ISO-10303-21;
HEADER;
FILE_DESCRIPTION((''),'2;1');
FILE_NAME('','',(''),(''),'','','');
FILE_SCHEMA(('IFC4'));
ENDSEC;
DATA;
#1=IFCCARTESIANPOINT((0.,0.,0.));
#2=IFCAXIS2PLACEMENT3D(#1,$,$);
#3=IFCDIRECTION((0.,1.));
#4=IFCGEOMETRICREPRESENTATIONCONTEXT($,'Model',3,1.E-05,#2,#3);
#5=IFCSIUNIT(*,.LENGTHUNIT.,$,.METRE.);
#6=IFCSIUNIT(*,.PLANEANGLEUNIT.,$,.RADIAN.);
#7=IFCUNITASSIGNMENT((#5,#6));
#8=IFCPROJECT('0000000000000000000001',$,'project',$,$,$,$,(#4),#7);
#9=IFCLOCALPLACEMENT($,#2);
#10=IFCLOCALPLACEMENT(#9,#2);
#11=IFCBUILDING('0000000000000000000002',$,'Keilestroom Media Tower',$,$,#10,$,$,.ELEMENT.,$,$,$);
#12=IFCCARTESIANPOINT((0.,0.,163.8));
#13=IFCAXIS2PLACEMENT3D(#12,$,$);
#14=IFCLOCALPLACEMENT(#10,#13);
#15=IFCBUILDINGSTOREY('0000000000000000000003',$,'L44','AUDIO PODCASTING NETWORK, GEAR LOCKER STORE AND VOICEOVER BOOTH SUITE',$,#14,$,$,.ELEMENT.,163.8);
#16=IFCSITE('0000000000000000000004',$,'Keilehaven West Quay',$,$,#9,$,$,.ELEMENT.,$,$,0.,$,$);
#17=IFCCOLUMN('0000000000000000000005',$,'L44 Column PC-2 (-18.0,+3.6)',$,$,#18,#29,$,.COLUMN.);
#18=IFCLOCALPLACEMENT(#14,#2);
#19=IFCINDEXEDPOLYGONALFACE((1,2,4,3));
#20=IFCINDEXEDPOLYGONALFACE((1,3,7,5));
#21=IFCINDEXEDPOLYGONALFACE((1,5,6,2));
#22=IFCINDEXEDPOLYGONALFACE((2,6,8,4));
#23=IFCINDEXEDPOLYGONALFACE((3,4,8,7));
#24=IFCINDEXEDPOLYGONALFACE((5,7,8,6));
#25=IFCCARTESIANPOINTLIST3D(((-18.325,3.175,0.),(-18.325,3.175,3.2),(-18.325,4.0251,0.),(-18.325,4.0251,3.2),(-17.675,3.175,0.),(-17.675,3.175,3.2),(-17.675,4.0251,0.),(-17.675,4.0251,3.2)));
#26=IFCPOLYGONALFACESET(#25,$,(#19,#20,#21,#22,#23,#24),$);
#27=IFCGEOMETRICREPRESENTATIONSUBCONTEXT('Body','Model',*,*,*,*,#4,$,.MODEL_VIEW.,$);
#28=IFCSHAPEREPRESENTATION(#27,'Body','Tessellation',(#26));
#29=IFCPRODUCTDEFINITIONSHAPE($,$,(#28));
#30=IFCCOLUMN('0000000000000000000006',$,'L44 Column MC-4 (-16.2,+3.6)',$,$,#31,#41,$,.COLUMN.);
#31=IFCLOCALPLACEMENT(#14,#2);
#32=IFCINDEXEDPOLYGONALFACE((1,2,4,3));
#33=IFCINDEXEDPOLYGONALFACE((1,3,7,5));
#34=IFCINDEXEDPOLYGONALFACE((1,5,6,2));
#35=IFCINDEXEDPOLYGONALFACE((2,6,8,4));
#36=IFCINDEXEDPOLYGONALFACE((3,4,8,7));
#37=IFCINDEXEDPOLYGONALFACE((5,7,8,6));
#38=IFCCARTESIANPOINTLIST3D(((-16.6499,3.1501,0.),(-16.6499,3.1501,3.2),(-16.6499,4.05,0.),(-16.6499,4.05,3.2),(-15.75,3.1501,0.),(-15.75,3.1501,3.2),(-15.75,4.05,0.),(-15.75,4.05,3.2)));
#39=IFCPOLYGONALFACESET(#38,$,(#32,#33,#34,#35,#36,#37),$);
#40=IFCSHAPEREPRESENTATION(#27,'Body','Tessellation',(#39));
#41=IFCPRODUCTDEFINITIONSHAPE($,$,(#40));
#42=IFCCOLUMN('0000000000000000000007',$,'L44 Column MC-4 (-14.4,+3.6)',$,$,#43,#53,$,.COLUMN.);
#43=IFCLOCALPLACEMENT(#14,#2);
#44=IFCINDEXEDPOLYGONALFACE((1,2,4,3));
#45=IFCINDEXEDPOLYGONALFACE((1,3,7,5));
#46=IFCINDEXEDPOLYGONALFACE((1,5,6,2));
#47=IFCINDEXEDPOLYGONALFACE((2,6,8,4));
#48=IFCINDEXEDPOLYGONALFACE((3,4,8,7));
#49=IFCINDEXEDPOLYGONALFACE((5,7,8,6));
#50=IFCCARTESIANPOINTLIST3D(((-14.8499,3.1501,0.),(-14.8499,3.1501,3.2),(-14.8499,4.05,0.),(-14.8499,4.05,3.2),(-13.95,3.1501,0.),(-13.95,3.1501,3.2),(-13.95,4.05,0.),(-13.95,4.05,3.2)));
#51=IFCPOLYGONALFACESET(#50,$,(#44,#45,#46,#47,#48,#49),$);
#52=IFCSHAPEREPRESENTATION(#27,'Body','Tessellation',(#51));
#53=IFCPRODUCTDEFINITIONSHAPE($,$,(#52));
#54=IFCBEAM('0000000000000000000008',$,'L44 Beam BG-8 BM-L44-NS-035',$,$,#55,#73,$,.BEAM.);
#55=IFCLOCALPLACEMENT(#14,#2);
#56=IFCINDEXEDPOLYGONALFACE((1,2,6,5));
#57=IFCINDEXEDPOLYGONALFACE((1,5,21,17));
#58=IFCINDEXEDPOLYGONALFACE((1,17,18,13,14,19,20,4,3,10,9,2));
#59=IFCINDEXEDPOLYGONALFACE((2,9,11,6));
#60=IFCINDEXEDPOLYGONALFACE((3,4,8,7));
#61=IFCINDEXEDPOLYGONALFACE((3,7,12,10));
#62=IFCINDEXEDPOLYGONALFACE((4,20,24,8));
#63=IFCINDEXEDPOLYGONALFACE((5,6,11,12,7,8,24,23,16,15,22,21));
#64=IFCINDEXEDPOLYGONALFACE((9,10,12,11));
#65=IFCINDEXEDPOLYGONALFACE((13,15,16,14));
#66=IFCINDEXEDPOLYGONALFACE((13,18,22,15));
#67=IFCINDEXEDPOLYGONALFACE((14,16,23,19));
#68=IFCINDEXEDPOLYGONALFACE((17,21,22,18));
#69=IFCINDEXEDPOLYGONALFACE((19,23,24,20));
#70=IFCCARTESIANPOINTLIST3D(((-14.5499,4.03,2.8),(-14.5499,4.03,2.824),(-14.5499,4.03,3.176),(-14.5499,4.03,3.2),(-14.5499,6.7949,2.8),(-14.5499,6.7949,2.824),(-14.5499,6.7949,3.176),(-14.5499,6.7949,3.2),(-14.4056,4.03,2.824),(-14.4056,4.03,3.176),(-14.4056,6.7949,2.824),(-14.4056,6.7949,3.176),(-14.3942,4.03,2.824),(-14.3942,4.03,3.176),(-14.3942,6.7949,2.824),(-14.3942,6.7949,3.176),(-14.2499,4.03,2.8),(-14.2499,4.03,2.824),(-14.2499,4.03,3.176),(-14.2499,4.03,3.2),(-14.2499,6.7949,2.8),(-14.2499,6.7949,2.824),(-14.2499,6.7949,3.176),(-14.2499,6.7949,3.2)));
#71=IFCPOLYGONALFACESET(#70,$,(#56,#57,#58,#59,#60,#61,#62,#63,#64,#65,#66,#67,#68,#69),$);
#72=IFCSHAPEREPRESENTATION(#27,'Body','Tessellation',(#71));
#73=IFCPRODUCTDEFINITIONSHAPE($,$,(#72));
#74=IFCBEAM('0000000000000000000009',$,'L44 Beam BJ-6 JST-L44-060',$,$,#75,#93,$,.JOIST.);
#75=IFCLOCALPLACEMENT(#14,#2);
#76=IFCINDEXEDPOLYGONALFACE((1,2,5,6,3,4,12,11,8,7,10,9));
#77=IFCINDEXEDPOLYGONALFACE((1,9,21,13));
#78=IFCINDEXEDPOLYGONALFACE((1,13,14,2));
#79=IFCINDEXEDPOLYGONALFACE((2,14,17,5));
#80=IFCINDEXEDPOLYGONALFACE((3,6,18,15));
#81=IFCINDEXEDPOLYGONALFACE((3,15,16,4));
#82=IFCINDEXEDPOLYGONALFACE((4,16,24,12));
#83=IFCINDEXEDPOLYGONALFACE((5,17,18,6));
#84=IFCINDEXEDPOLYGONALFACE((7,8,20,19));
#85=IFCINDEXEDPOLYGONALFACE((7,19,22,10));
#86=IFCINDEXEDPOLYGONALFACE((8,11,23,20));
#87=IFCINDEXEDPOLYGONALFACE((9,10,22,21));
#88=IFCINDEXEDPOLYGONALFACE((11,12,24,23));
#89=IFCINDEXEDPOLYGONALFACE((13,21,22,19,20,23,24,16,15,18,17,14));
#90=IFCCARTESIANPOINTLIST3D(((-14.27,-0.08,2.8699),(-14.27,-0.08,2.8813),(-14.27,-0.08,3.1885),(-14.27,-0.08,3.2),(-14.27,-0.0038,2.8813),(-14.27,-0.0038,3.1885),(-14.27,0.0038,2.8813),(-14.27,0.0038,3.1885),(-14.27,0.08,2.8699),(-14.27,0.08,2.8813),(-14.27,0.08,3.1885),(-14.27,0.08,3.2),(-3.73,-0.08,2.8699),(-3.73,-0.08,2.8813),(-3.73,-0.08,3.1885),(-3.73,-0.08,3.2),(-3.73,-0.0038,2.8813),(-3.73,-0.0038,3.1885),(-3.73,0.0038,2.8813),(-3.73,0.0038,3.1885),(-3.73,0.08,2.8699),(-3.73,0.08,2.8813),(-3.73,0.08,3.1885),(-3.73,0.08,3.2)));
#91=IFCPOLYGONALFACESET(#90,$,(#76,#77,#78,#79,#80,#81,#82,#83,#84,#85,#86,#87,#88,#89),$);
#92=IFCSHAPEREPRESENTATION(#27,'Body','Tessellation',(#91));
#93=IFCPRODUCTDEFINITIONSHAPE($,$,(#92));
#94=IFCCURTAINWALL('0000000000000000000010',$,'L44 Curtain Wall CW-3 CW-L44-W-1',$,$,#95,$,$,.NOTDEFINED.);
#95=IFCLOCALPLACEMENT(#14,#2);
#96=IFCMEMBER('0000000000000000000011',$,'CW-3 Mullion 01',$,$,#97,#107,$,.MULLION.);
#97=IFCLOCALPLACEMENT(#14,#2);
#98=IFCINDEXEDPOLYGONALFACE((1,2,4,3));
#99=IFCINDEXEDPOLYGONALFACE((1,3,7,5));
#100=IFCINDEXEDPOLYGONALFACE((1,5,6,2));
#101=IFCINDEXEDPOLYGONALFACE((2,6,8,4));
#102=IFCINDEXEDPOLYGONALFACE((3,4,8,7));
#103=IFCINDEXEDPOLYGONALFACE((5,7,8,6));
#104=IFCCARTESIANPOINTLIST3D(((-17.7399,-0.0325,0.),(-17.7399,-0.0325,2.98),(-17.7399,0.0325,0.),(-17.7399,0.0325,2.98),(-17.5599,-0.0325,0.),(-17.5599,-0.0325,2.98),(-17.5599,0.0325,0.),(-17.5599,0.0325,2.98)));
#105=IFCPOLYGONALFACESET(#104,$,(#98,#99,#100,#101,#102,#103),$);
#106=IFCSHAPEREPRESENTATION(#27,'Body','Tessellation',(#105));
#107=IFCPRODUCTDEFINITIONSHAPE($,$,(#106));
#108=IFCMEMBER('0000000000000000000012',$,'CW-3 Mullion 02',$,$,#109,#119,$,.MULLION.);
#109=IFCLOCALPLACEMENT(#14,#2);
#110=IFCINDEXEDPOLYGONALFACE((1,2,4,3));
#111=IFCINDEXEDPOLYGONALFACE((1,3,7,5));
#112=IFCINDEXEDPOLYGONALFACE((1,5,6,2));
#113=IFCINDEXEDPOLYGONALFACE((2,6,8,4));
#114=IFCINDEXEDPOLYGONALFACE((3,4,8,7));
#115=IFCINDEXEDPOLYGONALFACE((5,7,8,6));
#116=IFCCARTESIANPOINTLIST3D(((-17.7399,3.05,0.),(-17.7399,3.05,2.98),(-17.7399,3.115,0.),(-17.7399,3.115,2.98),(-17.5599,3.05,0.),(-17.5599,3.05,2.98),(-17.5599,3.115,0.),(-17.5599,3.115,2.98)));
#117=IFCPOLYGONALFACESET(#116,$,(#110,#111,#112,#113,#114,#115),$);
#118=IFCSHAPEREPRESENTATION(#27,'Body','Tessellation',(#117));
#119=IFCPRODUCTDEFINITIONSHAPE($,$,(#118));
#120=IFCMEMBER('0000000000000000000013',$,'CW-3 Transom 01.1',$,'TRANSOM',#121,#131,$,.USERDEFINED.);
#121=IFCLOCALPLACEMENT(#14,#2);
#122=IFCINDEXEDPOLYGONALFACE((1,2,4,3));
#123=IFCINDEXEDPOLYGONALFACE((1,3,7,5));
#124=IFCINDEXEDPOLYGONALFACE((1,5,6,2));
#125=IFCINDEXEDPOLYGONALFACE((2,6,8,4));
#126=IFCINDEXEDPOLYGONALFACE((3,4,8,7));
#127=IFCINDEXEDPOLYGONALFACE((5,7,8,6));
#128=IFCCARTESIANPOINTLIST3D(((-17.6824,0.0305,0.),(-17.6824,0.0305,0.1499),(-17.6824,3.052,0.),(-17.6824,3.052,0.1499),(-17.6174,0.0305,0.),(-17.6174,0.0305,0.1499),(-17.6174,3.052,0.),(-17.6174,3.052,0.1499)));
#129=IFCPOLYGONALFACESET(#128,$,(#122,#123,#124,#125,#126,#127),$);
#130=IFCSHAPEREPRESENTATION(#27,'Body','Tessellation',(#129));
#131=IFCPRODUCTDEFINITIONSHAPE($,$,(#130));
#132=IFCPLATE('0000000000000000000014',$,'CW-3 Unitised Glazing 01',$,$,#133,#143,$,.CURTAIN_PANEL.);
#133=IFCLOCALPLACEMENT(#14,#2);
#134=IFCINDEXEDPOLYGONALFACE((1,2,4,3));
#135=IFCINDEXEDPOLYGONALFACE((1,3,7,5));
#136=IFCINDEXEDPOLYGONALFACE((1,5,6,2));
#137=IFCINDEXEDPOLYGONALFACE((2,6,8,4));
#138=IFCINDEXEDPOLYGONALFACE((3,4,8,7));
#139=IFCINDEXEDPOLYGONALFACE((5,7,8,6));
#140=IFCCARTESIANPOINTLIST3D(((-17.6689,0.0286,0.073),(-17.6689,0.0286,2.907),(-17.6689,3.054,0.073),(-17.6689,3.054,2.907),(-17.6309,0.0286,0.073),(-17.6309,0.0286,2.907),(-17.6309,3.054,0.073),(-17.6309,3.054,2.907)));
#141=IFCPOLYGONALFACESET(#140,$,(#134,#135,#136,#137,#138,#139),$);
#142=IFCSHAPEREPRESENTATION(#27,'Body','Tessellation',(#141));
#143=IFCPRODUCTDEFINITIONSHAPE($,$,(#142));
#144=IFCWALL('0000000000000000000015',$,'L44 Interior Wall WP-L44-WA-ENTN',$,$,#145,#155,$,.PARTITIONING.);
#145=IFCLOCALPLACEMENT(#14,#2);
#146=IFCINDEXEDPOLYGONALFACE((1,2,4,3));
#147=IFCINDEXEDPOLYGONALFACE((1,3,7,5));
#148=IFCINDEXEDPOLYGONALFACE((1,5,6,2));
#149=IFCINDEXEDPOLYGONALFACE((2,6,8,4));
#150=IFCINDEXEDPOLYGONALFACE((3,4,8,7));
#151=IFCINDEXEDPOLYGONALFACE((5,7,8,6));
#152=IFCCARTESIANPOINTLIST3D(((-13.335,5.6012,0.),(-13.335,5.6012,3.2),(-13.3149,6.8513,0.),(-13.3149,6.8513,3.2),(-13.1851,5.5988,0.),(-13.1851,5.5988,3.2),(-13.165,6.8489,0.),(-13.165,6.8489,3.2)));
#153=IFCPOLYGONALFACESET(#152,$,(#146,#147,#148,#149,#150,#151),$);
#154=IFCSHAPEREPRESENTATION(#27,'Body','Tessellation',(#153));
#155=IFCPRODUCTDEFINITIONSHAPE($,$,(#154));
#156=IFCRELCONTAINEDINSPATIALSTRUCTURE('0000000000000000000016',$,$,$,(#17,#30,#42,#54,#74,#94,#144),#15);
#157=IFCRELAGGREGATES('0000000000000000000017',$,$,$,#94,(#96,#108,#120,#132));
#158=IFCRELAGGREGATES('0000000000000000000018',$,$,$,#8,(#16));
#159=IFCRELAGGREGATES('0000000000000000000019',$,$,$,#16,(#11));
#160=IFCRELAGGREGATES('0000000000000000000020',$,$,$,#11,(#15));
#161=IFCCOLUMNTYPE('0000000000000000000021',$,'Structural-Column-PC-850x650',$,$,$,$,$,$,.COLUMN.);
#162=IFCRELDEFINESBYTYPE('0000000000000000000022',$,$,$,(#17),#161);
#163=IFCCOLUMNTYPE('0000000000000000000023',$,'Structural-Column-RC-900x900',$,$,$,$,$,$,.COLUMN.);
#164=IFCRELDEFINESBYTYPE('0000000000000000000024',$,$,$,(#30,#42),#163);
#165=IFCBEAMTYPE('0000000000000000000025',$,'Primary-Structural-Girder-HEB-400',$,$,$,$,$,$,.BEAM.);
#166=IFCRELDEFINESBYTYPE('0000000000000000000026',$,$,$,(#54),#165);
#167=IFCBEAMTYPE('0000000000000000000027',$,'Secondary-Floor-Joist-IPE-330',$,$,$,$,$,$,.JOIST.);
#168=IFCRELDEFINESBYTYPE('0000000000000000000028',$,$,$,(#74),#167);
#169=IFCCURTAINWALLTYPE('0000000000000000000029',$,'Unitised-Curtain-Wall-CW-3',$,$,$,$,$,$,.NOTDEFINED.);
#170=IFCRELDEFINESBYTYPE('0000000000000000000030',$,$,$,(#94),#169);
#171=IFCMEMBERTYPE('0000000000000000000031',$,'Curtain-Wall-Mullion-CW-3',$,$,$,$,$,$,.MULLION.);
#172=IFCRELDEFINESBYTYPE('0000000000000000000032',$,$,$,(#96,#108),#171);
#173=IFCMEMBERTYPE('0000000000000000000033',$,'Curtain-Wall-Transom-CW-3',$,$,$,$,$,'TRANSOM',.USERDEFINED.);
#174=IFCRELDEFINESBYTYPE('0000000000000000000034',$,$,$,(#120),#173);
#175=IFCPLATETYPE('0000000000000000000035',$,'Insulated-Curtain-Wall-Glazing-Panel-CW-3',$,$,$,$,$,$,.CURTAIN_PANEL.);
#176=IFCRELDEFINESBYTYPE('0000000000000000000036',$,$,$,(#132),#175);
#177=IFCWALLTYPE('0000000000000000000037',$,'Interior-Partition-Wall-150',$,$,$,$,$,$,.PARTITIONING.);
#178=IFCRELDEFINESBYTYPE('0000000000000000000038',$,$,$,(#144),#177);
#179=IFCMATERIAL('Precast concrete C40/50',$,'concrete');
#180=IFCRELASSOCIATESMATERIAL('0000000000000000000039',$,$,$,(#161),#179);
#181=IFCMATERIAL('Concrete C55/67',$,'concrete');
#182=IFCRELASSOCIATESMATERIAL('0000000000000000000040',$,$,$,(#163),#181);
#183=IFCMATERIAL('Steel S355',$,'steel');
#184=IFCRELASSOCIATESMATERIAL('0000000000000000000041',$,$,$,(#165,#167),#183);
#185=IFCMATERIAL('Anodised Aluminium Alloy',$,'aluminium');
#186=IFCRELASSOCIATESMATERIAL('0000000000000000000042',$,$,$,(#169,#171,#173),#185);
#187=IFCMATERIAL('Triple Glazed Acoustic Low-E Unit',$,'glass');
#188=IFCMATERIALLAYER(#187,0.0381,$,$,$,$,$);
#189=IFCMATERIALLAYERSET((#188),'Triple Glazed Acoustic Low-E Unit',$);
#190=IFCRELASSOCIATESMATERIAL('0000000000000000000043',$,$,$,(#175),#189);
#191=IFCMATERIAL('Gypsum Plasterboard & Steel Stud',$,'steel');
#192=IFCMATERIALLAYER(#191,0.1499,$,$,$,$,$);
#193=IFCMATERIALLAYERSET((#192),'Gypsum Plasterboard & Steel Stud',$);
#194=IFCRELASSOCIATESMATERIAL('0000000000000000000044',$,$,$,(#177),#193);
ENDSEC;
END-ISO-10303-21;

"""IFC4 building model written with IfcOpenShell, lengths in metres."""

from ifc_helpers import new_model, si_unit, direction, frame, frame_2d, origin, origin_2d, place, context, subcontext, project, spatial, rectangle, i_section, extrude, source, transform, mapped, material, layer, layer_set, material_profile, profile_set, type_object, element, aggregate, save


model = new_model("IFC4")

# Units and contexts
model_context = context("Model", 3, precision=1e-05, world=origin(), true_north=direction((0.0, 1.0)))
body_context = subcontext(model_context, "Body", "Model", "MODEL_VIEW")
ifc_project = project(units=[si_unit("LENGTHUNIT", "METRE"), si_unit("PLANEANGLEUNIT", "RADIAN")], contexts=[model_context])

# Site, building, storey
site_placement = place(None, origin())
site = spatial("IfcSite", under=ifc_project, at=site_placement, Name="Keilehaven West Quay", CompositionType="ELEMENT", RefElevation=0.0)
building_placement = place(site_placement, origin())
building = spatial("IfcBuilding", under=site, at=building_placement, Name="Keilestroom Media Tower", CompositionType="ELEMENT")
storey_placement = place(building_placement, frame((0.0, 0.0, 163.8)))
storey = spatial("IfcBuildingStorey", under=building, at=storey_placement, Name="L44", Description="AUDIO PODCASTING NETWORK, GEAR LOCKER STORE AND VOICEOVER BOOTH SUITE", CompositionType="ELEMENT", Elevation=163.8)

# Columns
ifc_material_1 = material(Name="Precast concrete C40/50", Category="concrete")
ifc_material_profile_1 = material_profile(ifc_material_1, rectangle(XDim=0.6499, YDim=0.8501, at=origin_2d()), Name="PC 850x650")
ifc_profile_set_1 = profile_set([ifc_material_profile_1], Name="Precast concrete C40/50")
column_type_1 = type_object("IfcColumnType", Name="Structural-Column-PC-850x650", PredefinedType="COLUMN", material=ifc_profile_set_1)
shared_shape_1 = source(origin(), body_context, "Body", "SweptSolid", [
    extrude(rectangle(XDim=0.6499, YDim=0.8501, at=origin_2d()), origin(), (0.0, 0.0, 1.0), 3.2),
])
column_placement = place(storey_placement, frame((-18.0, 3.6001, 0.0), z_axis=(0.0, 0.0, 1.0), x_axis=(1.0, 0.0, 0.0)))
element("IfcColumn", 1, at=column_placement, inside=storey, type_object=column_type_1, Name="L44 Column PC-2 (-18.0,+3.6)", PredefinedType="COLUMN", context=body_context, shape_type="MappedRepresentation", body=[
    mapped(shared_shape_1, transform((0.0, 0.0, 0.0), x_axis=(1.0, 0.0, 0.0), y_axis=(0.0, 1.0, 0.0), z_axis=(0.0, 0.0, 1.0), scale=1.0)),
])
ifc_material_2 = material(Name="Concrete C55/67", Category="concrete")
ifc_material_profile_2 = material_profile(ifc_material_2, rectangle(XDim=0.8999, YDim=0.8999, at=origin_2d()), Name="RC 900x900")
ifc_profile_set_2 = profile_set([ifc_material_profile_2], Name="Concrete C55/67")
column_type_2 = type_object("IfcColumnType", Name="Structural-Column-RC-900x900", PredefinedType="COLUMN", material=ifc_profile_set_2)
shared_shape_2 = source(origin(), body_context, "Body", "SweptSolid", [
    extrude(rectangle(XDim=0.8999, YDim=0.8999, at=origin_2d()), origin(), (0.0, 0.0, 1.0), 3.2),
])
for number, where, z_axis, x_axis, name in (
    (2, (-16.2, 3.6001, 0.0), (0.0, 0.0, 1.0), (1.0, 0.0, 0.0), "L44 Column MC-4 (-16.2,+3.6)"),
    (3, (-14.3999, 3.6001, 0.0), (0.0, 0.0, 1.0), (1.0, 0.0, 0.0), "L44 Column MC-4 (-14.4,+3.6)"),
):
    element("IfcColumn", number, at=place(storey_placement, frame(where, z_axis=z_axis, x_axis=x_axis)), inside=storey, type_object=column_type_2, Name=name, PredefinedType="COLUMN", context=body_context, shape_type="MappedRepresentation", body=[
        mapped(shared_shape_2, transform((0.0, 0.0, 0.0), x_axis=(1.0, 0.0, 0.0), y_axis=(0.0, 1.0, 0.0), z_axis=(0.0, 0.0, 1.0), scale=1.0)),
    ])

# Beams
ifc_material_3 = material(Name="Steel S355", Category="steel")
ifc_material_profile_3 = material_profile(ifc_material_3, i_section(OverallWidth=0.3, OverallDepth=0.3999, WebThickness=0.0115, FlangeThickness=0.0239, at=origin_2d()), Name="HEB 400")
ifc_profile_set_3 = profile_set([ifc_material_profile_3], Name="Steel S355")
beam_type_1 = type_object("IfcBeamType", Name="Primary-Structural-Girder-HEB-400", PredefinedType="BEAM", material=ifc_profile_set_3)
shared_shape_3 = source(origin(), body_context, "Body", "SweptSolid", [
    extrude(i_section(OverallWidth=0.3, OverallDepth=0.3999, WebThickness=0.0115, FlangeThickness=0.0239, at=origin_2d()), origin(), (0.0, 0.0, 1.0), 2.7649),
])
beam_1_placement = place(storey_placement, frame((-14.3999, 4.03, 3.0), z_axis=(0.0, 1.0, 0.0), x_axis=(-1.0, 0.0, 0.0)))
element("IfcBeam", 4, at=beam_1_placement, inside=storey, type_object=beam_type_1, Name="L44 Beam BG-8 BM-L44-NS-035", PredefinedType="BEAM", context=body_context, shape_type="MappedRepresentation", body=[
    mapped(shared_shape_3, transform((0.0, 0.0, 0.0), x_axis=(1.0, 0.0, 0.0), y_axis=(0.0, 1.0, 0.0), z_axis=(0.0, 0.0, 1.0), scale=1.0)),
])
ifc_material_profile_4 = material_profile(ifc_material_3, i_section(OverallWidth=0.1599, OverallDepth=0.3301, WebThickness=0.0076, FlangeThickness=0.0115, at=origin_2d()), Name="IPE 330")
ifc_profile_set_4 = profile_set([ifc_material_profile_4], Name="Steel S355")
beam_type_2 = type_object("IfcBeamType", Name="Secondary-Floor-Joist-IPE-330", PredefinedType="JOIST", material=ifc_profile_set_4)
shared_shape_4 = source(origin(), body_context, "Body", "SweptSolid", [
    extrude(i_section(OverallWidth=0.1599, OverallDepth=0.3301, WebThickness=0.0076, FlangeThickness=0.0115, at=origin_2d()), origin(), (0.0, 0.0, 1.0), 10.54),
])
beam_2_placement = place(storey_placement, frame((-14.27, 0.0, 3.0349), z_axis=(1.0, 0.0, 0.0), x_axis=(0.0, 1.0, 0.0)))
element("IfcBeam", 5, at=beam_2_placement, inside=storey, type_object=beam_type_2, Name="L44 Beam BJ-6 JST-L44-060", PredefinedType="JOIST", context=body_context, shape_type="MappedRepresentation", body=[
    mapped(shared_shape_4, transform((0.0, 0.0, 0.0), x_axis=(1.0, 0.0, 0.0), y_axis=(0.0, 1.0, 0.0), z_axis=(0.0, 0.0, 1.0), scale=1.0)),
])

# Curtain wall, members, plate
ifc_material_4 = material(Name="Anodised Aluminium Alloy", Category="aluminium")
curtain_wall_type = type_object("IfcCurtainWallType", Name="Unitised-Curtain-Wall-CW-3", PredefinedType="NOTDEFINED", material=ifc_material_4)
curtain_wall_placement = place(storey_placement, origin())
curtain_wall = element("IfcCurtainWall", 6, at=curtain_wall_placement, inside=storey, type_object=curtain_wall_type, Name="L44 Curtain Wall CW-3 CW-L44-W-1", PredefinedType="NOTDEFINED")
ifc_material_profile_5 = material_profile(ifc_material_4, rectangle(XDim=0.0649, YDim=0.1799, at=origin_2d()), Name="ALU MULLION 65x180")
ifc_profile_set_5 = profile_set([ifc_material_profile_5], Name="Anodised Aluminium Alloy")
member_type_1 = type_object("IfcMemberType", Name="Curtain-Wall-Mullion-CW-3", PredefinedType="MULLION", material=ifc_profile_set_5)
shared_shape_5 = source(origin(), body_context, "Body", "SweptSolid", [
    extrude(rectangle(XDim=0.0649, YDim=0.1799, at=origin_2d()), origin(), (0.0, 0.0, 1.0), 2.98),
])
member_1_placement = place(storey_placement, frame((-17.6499, 0.0, 0.0), z_axis=(0.0, 0.0, 1.0), x_axis=(0.0, 1.0, 0.0)))
member_1 = element("IfcMember", 7, at=member_1_placement, type_object=member_type_1, Name="CW-3 Mullion 01", PredefinedType="MULLION", context=body_context, shape_type="MappedRepresentation", body=[
    mapped(shared_shape_5, transform((0.0, 0.0, 0.0), x_axis=(1.0, 0.0, 0.0), y_axis=(0.0, 1.0, 0.0), z_axis=(0.0, 0.0, 1.0), scale=1.0)),
])
member_2_placement = place(storey_placement, frame((-17.6499, 3.0825, 0.0), z_axis=(0.0, 0.0, 1.0), x_axis=(0.0, 1.0, 0.0)))
member_2 = element("IfcMember", 8, at=member_2_placement, type_object=member_type_1, Name="CW-3 Mullion 02", PredefinedType="MULLION", context=body_context, shape_type="MappedRepresentation", body=[
    mapped(shared_shape_5, transform((0.0, 0.0, 0.0), x_axis=(1.0, 0.0, 0.0), y_axis=(0.0, 1.0, 0.0), z_axis=(0.0, 0.0, 1.0), scale=1.0)),
])
ifc_material_profile_6 = material_profile(ifc_material_4, rectangle(XDim=0.0649, YDim=0.1499, at=origin_2d()), Name="ALU TRANSOM 65x150")
ifc_profile_set_6 = profile_set([ifc_material_profile_6], Name="Anodised Aluminium Alloy")
member_type_2 = type_object("IfcMemberType", Name="Curtain-Wall-Transom-CW-3", ElementType="TRANSOM", PredefinedType="USERDEFINED", material=ifc_profile_set_6)
shared_shape_6 = source(origin(), body_context, "Body", "SweptSolid", [
    extrude(rectangle(XDim=0.0649, YDim=0.1499, at=origin_2d()), origin(), (0.0, 0.0, 1.0), 3.0215),
])
member_3_placement = place(storey_placement, frame((-17.6499, 0.0305, 0.075), z_axis=(0.0, 1.0, 0.0), x_axis=(-1.0, 0.0, 0.0)))
member_3 = element("IfcMember", 9, at=member_3_placement, type_object=member_type_2, Name="CW-3 Transom 01.1", ObjectType="TRANSOM", PredefinedType="USERDEFINED", context=body_context, shape_type="MappedRepresentation", body=[
    mapped(shared_shape_6, transform((0.0, 0.0, 0.0), x_axis=(1.0, 0.0, 0.0), y_axis=(0.0, 1.0, 0.0), z_axis=(0.0, 0.0, 1.0), scale=1.0)),
])
ifc_material_5 = material(Name="Triple Glazed Acoustic Low-E Unit", Category="glass")
ifc_layer_1 = layer(ifc_material_5, 0.0381)
ifc_layer_set_1 = layer_set([ifc_layer_1], Name="Triple Glazed Acoustic Low-E Unit")
plate_type = type_object("IfcPlateType", Name="Insulated-Curtain-Wall-Glazing-Panel-CW-3", PredefinedType="CURTAIN_PANEL", material=ifc_layer_set_1)
shared_shape_7 = source(origin(), body_context, "Body", "SweptSolid", [
    extrude(rectangle(XDim=3.0254, YDim=0.0381, at=origin_2d()), origin(), (0.0, 0.0, 1.0), 2.834),
])
plate_placement = place(storey_placement, frame((-17.6499, 1.5413, 0.073), z_axis=(0.0, 0.0, 1.0), x_axis=(0.0, 1.0, 0.0)))
plate = element("IfcPlate", 10, at=plate_placement, type_object=plate_type, Name="CW-3 Unitised Glazing 01", PredefinedType="CURTAIN_PANEL", context=body_context, shape_type="MappedRepresentation", body=[
    mapped(shared_shape_7, transform((0.0, 0.0, 0.0), x_axis=(1.0, 0.0, 0.0), y_axis=(0.0, 1.0, 0.0), z_axis=(0.0, 0.0, 1.0), scale=1.0)),
])
aggregate(curtain_wall, [member_1, member_2, member_3, plate])

# Wall
ifc_material_6 = material(Name="Gypsum Plasterboard & Steel Stud", Category="steel")
ifc_layer_2 = layer(ifc_material_6, 0.1499)
ifc_layer_set_2 = layer_set([ifc_layer_2], Name="Gypsum Plasterboard & Steel Stud")
wall_type_1 = type_object("IfcWallType", Name="Interior-Partition-Wall-150", PredefinedType="PARTITIONING", material=ifc_layer_set_2)
wall_1_placement = place(storey_placement, frame((-13.26, 5.6001, 0.0), z_axis=(0.0, 0.0, 1.0), x_axis=(0.016014, 0.999872, 0.0)))
element("IfcWall", 11, at=wall_1_placement, inside=storey, type_object=wall_type_1, Name="L44 Interior Wall WP-L44-WA-ENTN", PredefinedType="PARTITIONING", context=body_context, shape_type="SweptSolid", body=[
    extrude(rectangle(XDim=1.2502, YDim=0.1499, at=frame_2d((0.625, 0.0))), origin(), (0.0, 0.0, 1.0), 3.2),
])

save(model, "model.ifc")
